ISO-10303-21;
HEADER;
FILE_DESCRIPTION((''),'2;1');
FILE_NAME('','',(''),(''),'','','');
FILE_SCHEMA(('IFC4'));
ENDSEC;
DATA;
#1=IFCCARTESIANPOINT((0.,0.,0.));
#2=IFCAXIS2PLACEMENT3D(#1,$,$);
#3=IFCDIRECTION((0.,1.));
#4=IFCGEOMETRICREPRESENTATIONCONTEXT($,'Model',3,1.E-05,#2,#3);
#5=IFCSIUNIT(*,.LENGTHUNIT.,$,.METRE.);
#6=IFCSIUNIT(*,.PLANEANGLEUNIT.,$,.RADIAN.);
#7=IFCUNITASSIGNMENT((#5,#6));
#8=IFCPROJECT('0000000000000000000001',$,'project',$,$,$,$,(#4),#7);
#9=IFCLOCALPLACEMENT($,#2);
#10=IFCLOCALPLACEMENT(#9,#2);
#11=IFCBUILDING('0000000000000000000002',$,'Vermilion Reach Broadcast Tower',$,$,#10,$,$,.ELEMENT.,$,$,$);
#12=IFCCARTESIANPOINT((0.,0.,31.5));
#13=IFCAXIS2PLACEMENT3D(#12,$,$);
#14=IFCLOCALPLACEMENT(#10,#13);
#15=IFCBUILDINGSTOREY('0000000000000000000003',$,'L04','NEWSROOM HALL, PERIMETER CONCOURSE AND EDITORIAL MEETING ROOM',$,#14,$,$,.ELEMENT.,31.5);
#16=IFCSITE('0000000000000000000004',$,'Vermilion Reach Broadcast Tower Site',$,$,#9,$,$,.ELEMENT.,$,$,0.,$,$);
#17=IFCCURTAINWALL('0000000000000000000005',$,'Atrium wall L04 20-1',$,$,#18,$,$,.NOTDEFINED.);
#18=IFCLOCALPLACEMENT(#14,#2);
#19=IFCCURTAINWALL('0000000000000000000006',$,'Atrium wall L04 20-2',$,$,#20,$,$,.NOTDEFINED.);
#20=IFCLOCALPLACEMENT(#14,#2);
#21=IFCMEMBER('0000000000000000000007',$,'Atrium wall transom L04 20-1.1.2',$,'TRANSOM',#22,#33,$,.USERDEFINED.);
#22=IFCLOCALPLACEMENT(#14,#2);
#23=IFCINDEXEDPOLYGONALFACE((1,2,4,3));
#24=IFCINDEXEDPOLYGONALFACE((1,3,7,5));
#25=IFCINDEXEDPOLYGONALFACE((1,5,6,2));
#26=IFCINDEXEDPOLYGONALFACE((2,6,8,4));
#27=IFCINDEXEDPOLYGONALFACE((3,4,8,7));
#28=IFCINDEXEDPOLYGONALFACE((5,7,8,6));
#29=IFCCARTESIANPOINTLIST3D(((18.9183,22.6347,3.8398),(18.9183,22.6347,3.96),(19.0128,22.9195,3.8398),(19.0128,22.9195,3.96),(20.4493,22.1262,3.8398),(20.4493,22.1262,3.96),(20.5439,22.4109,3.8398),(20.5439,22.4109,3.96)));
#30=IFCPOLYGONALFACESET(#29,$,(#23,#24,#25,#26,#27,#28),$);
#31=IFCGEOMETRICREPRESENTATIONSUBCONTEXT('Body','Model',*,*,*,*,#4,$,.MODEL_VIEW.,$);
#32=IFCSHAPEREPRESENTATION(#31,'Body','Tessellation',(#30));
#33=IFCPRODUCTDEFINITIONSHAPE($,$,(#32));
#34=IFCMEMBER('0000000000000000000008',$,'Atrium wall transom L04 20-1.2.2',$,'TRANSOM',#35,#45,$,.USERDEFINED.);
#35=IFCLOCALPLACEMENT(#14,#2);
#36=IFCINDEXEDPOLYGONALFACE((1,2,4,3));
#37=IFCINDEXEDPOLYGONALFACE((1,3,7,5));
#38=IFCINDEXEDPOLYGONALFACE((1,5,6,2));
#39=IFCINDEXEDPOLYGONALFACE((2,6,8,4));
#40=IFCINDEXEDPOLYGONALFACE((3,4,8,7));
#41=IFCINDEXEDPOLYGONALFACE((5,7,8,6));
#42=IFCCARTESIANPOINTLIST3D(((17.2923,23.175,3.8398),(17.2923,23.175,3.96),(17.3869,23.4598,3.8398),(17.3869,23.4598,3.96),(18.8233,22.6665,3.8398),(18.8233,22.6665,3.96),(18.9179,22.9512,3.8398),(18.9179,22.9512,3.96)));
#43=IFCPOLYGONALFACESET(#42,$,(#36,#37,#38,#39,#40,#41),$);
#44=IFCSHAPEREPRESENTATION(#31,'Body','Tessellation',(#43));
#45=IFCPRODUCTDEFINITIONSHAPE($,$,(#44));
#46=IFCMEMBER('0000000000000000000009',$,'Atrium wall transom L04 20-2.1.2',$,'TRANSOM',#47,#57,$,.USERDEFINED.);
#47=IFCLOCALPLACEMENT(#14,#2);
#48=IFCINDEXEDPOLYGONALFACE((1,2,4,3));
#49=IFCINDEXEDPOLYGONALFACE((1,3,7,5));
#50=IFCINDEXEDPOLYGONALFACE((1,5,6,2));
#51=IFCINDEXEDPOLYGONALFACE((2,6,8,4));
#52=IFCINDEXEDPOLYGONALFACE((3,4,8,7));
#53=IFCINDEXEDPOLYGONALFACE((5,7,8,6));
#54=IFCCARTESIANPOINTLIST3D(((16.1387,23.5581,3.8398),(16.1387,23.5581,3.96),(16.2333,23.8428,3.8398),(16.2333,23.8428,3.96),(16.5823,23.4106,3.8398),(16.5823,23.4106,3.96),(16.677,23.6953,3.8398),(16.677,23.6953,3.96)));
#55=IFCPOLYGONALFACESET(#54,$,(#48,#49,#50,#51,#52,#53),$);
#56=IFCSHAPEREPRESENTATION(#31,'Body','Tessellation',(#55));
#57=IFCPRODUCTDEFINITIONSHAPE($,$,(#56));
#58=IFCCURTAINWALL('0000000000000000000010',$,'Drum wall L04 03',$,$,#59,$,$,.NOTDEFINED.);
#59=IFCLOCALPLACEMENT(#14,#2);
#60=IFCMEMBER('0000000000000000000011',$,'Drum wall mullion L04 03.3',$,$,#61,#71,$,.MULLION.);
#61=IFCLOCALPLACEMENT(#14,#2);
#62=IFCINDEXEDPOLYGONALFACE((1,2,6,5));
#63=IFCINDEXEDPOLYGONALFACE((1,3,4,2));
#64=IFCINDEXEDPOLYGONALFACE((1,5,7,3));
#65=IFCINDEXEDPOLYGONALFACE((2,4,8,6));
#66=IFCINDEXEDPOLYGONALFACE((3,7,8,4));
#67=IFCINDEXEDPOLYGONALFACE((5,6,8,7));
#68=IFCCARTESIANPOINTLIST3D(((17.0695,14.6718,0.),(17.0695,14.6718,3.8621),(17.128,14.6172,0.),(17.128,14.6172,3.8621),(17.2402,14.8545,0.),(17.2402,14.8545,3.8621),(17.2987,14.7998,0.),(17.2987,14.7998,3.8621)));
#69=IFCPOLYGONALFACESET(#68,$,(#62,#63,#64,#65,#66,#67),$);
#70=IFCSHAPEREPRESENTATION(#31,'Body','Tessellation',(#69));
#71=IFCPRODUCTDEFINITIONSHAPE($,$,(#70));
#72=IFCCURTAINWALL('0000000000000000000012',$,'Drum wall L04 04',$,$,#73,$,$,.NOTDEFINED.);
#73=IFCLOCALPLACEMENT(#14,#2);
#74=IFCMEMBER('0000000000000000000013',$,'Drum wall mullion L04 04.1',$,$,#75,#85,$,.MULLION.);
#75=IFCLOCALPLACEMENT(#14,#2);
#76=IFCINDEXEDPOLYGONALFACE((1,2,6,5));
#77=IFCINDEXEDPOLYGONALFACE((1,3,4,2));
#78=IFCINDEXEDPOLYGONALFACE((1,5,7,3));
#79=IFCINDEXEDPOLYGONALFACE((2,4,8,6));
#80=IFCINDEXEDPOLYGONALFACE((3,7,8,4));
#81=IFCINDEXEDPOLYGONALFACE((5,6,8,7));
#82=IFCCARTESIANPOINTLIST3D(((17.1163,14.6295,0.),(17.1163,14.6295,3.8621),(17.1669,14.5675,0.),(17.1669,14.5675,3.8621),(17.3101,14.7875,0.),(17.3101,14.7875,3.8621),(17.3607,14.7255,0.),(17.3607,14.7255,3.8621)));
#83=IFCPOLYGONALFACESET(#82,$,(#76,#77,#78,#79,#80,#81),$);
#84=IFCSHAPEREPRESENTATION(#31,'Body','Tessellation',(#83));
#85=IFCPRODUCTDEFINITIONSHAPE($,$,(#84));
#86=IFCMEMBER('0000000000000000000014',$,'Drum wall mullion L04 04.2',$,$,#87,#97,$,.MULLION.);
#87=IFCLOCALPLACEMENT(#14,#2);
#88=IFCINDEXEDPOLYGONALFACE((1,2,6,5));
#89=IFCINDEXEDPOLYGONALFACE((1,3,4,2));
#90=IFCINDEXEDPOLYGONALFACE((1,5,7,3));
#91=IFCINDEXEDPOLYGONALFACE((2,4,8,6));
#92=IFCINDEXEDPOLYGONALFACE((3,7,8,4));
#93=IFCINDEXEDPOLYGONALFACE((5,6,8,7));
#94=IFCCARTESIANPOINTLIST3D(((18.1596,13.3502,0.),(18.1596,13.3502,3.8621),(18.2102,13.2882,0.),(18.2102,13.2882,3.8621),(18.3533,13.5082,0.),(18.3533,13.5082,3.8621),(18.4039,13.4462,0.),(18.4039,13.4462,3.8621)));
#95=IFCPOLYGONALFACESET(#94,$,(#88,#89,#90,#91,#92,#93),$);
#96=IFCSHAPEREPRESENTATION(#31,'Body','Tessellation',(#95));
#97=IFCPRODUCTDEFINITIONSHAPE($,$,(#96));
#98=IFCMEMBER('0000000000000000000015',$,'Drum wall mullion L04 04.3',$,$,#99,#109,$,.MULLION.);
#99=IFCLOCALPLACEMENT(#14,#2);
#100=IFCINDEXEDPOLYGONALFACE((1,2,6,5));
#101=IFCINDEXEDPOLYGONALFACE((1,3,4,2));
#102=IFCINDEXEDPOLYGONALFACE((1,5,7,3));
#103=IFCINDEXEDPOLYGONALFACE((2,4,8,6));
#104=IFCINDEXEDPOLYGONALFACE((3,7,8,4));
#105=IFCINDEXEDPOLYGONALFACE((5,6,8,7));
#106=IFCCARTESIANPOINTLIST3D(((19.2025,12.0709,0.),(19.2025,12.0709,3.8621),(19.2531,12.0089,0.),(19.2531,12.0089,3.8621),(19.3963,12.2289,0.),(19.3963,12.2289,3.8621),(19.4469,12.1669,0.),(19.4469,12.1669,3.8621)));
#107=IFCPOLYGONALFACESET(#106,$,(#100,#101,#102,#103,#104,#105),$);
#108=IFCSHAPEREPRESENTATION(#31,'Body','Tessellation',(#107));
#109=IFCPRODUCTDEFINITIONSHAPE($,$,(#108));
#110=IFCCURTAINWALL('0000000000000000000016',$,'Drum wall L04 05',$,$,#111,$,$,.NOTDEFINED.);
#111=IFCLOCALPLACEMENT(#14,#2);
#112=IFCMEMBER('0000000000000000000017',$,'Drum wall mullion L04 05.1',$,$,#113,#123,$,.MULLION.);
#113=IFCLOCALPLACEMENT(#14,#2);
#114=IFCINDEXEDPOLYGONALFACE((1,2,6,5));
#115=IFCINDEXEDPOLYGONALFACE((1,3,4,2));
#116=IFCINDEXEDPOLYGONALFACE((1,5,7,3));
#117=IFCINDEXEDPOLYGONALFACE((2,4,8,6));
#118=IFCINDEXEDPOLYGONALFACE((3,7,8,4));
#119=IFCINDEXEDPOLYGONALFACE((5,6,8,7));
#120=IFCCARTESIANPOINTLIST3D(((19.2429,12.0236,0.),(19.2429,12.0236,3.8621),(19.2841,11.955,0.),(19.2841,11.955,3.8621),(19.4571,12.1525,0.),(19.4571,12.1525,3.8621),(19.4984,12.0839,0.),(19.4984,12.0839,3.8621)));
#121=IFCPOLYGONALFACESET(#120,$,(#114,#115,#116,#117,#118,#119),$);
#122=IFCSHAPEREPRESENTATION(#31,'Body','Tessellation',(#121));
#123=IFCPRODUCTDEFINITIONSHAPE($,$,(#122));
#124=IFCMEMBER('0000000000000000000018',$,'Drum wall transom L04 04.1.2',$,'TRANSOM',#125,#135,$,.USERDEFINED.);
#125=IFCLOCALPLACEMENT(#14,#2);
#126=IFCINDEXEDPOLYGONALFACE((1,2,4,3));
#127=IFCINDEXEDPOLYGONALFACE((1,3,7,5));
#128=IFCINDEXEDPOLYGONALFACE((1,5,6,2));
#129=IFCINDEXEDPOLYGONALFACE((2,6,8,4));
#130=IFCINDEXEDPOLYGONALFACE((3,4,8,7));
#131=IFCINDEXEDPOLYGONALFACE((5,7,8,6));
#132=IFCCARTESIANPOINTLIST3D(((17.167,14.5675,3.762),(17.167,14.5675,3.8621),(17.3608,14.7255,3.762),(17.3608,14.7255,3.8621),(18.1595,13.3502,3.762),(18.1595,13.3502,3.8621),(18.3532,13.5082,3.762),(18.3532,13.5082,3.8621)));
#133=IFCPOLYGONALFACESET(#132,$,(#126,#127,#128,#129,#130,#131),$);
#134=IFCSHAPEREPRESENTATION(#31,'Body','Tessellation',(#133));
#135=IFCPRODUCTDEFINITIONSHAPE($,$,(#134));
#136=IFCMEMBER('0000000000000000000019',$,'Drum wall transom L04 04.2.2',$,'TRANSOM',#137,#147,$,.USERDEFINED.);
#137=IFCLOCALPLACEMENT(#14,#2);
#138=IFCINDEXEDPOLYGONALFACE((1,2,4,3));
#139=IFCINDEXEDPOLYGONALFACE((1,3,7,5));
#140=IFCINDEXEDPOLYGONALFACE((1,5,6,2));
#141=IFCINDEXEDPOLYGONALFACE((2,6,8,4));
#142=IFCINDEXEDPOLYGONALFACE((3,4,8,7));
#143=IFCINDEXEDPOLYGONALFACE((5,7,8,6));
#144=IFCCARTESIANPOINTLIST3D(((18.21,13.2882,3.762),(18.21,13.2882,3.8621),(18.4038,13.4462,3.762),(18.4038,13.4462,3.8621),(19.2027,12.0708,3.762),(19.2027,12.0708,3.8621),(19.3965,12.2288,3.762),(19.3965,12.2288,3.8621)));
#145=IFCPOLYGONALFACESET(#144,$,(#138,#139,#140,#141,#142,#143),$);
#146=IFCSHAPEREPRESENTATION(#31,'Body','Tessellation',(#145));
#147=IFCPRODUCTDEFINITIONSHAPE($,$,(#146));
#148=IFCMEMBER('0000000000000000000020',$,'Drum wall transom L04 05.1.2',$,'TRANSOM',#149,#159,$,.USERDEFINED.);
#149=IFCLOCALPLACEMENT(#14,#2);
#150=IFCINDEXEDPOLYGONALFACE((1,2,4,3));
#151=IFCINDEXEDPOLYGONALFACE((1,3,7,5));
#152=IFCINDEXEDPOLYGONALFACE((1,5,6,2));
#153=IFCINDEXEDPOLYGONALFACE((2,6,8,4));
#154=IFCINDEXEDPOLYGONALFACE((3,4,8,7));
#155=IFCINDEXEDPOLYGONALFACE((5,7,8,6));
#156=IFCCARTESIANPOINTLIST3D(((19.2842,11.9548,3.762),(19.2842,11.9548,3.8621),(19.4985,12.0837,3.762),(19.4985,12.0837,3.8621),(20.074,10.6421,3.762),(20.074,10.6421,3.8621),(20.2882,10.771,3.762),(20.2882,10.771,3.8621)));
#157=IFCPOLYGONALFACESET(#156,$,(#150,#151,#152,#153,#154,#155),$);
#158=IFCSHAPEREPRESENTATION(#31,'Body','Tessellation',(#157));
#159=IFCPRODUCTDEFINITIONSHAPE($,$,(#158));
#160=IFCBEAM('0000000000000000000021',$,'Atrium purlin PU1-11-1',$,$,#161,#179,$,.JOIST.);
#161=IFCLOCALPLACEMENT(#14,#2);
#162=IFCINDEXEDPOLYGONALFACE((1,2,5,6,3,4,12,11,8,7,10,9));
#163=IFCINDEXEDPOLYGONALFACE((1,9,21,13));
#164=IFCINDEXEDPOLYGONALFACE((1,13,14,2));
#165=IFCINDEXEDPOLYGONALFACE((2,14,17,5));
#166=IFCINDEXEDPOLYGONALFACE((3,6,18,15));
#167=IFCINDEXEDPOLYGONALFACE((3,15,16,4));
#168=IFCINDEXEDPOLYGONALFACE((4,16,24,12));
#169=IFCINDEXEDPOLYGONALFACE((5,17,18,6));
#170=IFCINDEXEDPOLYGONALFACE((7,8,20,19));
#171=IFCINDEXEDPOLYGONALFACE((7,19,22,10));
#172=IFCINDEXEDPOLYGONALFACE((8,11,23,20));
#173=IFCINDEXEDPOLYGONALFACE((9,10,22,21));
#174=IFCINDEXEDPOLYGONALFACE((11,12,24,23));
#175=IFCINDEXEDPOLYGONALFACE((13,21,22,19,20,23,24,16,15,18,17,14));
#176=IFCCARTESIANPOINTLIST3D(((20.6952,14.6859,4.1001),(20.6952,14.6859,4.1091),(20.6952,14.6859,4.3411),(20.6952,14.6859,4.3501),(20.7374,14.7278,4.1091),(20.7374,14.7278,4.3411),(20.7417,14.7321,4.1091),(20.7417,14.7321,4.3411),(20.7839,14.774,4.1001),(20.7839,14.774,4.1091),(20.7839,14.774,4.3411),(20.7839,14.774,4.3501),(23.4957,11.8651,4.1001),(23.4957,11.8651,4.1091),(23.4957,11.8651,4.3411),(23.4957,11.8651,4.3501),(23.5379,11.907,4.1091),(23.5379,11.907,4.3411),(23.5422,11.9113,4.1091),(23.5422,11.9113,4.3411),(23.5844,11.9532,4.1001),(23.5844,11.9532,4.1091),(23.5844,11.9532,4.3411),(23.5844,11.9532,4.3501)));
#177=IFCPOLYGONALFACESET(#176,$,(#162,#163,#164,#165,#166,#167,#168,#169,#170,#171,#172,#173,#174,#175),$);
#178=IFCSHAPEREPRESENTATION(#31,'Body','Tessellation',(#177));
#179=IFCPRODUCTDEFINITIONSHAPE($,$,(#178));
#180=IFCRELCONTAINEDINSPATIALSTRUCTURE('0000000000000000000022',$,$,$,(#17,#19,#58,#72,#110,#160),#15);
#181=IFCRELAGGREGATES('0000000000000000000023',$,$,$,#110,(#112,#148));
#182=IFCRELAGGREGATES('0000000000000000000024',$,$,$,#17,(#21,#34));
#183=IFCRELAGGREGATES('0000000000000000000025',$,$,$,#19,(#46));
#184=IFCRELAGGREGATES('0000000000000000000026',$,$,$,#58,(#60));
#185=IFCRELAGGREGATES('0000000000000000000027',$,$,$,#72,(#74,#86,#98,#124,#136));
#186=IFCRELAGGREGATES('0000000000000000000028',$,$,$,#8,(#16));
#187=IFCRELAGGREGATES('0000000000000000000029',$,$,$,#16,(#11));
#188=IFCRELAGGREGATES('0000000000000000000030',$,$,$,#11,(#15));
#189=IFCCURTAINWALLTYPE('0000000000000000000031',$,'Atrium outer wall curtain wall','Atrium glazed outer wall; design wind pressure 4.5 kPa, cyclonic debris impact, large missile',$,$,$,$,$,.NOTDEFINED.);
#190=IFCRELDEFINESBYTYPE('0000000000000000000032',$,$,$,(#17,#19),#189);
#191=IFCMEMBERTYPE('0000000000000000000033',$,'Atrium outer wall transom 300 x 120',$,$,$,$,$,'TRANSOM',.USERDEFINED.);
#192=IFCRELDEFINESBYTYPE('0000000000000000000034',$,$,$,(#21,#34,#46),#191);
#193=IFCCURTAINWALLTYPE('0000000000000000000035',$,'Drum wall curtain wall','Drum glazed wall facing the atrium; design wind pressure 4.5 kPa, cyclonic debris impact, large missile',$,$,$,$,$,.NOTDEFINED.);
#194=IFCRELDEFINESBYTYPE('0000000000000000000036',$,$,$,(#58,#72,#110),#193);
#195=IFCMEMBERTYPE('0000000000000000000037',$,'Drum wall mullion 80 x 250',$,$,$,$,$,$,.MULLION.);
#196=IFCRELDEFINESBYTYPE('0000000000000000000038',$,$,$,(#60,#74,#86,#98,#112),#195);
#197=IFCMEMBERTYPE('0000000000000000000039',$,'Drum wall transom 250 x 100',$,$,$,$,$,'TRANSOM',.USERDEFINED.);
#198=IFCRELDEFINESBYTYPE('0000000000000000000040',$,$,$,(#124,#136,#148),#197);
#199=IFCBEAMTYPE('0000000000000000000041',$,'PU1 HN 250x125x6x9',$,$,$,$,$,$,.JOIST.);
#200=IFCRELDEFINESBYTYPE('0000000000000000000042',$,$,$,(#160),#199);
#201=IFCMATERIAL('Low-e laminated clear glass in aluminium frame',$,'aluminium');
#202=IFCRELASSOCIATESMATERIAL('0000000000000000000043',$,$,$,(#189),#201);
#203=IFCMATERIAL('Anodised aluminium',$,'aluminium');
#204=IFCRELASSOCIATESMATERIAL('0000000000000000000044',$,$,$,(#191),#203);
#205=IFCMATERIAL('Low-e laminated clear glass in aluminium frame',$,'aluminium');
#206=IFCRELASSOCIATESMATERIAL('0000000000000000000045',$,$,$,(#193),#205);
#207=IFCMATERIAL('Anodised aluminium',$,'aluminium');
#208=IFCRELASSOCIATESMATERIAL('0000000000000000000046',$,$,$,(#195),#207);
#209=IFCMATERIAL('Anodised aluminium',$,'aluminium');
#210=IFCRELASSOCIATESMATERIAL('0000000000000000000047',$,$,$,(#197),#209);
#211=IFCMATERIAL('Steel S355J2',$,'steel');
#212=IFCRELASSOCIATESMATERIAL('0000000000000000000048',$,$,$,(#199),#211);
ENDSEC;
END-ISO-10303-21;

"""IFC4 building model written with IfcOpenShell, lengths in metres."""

from ifc_helpers import new_model, si_unit, direction, frame, origin, origin_2d, place, context, subcontext, project, spatial, rectangle, i_section, extrude, material, material_profile, profile_set, type_object, element, aggregate, save


model = new_model("IFC4")

# Units and contexts
model_context = context("Model", 3, precision=1e-05, world=origin(), true_north=direction((0.0, 1.0)))
body_context = subcontext(model_context, "Body", "Model", "MODEL_VIEW")
ifc_project = project(units=[si_unit("LENGTHUNIT", "METRE"), si_unit("PLANEANGLEUNIT", "RADIAN")], contexts=[model_context])

# Site, building, storey
site_placement = place(None, origin())
site = spatial("IfcSite", under=ifc_project, at=site_placement, Name="Vermilion Reach Broadcast Tower Site", CompositionType="ELEMENT", RefElevation=0.0)
building_placement = place(site_placement, origin())
building = spatial("IfcBuilding", under=site, at=building_placement, Name="Vermilion Reach Broadcast Tower", CompositionType="ELEMENT")
storey_placement = place(building_placement, frame((0.0, 0.0, 31.5)))
storey = spatial("IfcBuildingStorey", under=building, at=storey_placement, Name="L04", Description="NEWSROOM HALL, PERIMETER CONCOURSE AND EDITORIAL MEETING ROOM", CompositionType="ELEMENT", Elevation=31.5)

# Shared definitions
ifc_material_1 = material(Name="Low-e laminated clear glass in aluminium frame", Category="aluminium")
curtain_wall_type_1 = type_object("IfcCurtainWallType", Name="Atrium outer wall curtain wall", Description="Atrium glazed outer wall; design wind pressure 4.5 kPa, cyclonic debris impact, large missile", PredefinedType="NOTDEFINED", material=ifc_material_1)
placement = place(storey_placement, origin())

# Curtain walls
curtain_wall_1 = element("IfcCurtainWall", 1, at=placement, inside=storey, type_object=curtain_wall_type_1, Name="Atrium wall L04 20-1", PredefinedType="NOTDEFINED")
curtain_wall_2 = element("IfcCurtainWall", 2, at=placement, inside=storey, type_object=curtain_wall_type_1, Name="Atrium wall L04 20-2", PredefinedType="NOTDEFINED")

# Members
ifc_material_2 = material(Name="Anodised aluminium", Category="aluminium")
ifc_material_profile_1 = material_profile(ifc_material_2, rectangle(XDim=0.3, YDim=0.1201, at=origin_2d()), Name="Atrium outer wall transom 300 x 120")
ifc_profile_set_1 = profile_set([ifc_material_profile_1], Name="Anodised aluminium")
member_type_1 = type_object("IfcMemberType", Name="Atrium outer wall transom 300 x 120", ElementType="TRANSOM", PredefinedType="USERDEFINED", material=ifc_profile_set_1)
member_1_placement = place(storey_placement, frame((20.4966, 22.2686, 3.8999), z_axis=(-0.949016, 0.315229, 0.0), x_axis=(-0.315229, -0.949016, 0.0)))
member_1 = element("IfcMember", 3, at=member_1_placement, type_object=member_type_1, Name="Atrium wall transom L04 20-1.1.2", ObjectType="TRANSOM", PredefinedType="USERDEFINED", context=body_context, shape_type="SweptSolid", body=[
    extrude(rectangle(XDim=0.3, YDim=0.1201, at=origin_2d()), origin(), (0.0, 0.0, 1.0), 1.6133),
])
member_2_placement = place(storey_placement, frame((18.8706, 22.8088, 3.8999), z_axis=(-0.949016, 0.315229, 0.0), x_axis=(-0.315229, -0.949016, 0.0)))
member_2 = element("IfcMember", 4, at=member_2_placement, type_object=member_type_1, Name="Atrium wall transom L04 20-1.2.2", ObjectType="TRANSOM", PredefinedType="USERDEFINED", context=body_context, shape_type="SweptSolid", body=[
    extrude(rectangle(XDim=0.3, YDim=0.1201, at=origin_2d()), origin(), (0.0, 0.0, 1.0), 1.6133),
])
member_3_placement = place(storey_placement, frame((16.6296, 23.553, 3.8999), z_axis=(-0.948944, 0.315444, 0.0), x_axis=(-0.315444, -0.948944, 0.0)))
member_3 = element("IfcMember", 5, at=member_3_placement, type_object=member_type_1, Name="Atrium wall transom L04 20-2.1.2", ObjectType="TRANSOM", PredefinedType="USERDEFINED", context=body_context, shape_type="SweptSolid", body=[
    extrude(rectangle(XDim=0.3, YDim=0.1201, at=origin_2d()), origin(), (0.0, 0.0, 1.0), 0.4675),
])

# Curtain wall, member
ifc_material_3 = material(Name="Low-e laminated clear glass in aluminium frame", Category="aluminium")
curtain_wall_type_2 = type_object("IfcCurtainWallType", Name="Drum wall curtain wall", Description="Drum glazed wall facing the atrium; design wind pressure 4.5 kPa, cyclonic debris impact, large missile", PredefinedType="NOTDEFINED", material=ifc_material_3)
curtain_wall_3 = element("IfcCurtainWall", 6, at=placement, inside=storey, type_object=curtain_wall_type_2, Name="Drum wall L04 03", PredefinedType="NOTDEFINED")
ifc_material_4 = material(Name="Anodised aluminium", Category="aluminium")
ifc_material_profile_2 = material_profile(ifc_material_4, rectangle(XDim=0.25, YDim=0.0801, at=origin_2d()), Name="Drum wall mullion 80 x 250")
ifc_profile_set_2 = profile_set([ifc_material_profile_2], Name="Anodised aluminium")
member_type_2 = type_object("IfcMemberType", Name="Drum wall mullion 80 x 250", PredefinedType="MULLION", material=ifc_profile_set_2)
member_4_placement = place(storey_placement, frame((17.1841, 14.7358, 0.0), z_axis=(0.0, 0.0, 1.0), x_axis=(0.682748, 0.730654, 0.0)))
member_4 = element("IfcMember", 7, at=member_4_placement, type_object=member_type_2, Name="Drum wall mullion L04 03.3", PredefinedType="MULLION", context=body_context, shape_type="SweptSolid", body=[
    extrude(rectangle(XDim=0.25, YDim=0.0801, at=origin_2d()), origin(), (0.0, 0.0, 1.0), 3.8621),
])

# Curtain wall, members
curtain_wall_4 = element("IfcCurtainWall", 8, at=placement, inside=storey, type_object=curtain_wall_type_2, Name="Drum wall L04 04", PredefinedType="NOTDEFINED")
member_5_placement = place(storey_placement, frame((17.2385, 14.6775, 0.0), z_axis=(0.0, 0.0, 1.0), x_axis=(0.775025, 0.631931, 0.0)))
member_5 = element("IfcMember", 9, at=member_5_placement, type_object=member_type_2, Name="Drum wall mullion L04 04.1", PredefinedType="MULLION", context=body_context, shape_type="SweptSolid", body=[
    extrude(rectangle(XDim=0.25, YDim=0.0801, at=origin_2d()), origin(), (0.0, 0.0, 1.0), 3.8621),
])
member_6_placement = place(storey_placement, frame((18.2817, 13.3982, 0.0), z_axis=(0.0, 0.0, 1.0), x_axis=(0.775025, 0.631931, 0.0)))
member_6 = element("IfcMember", 10, at=member_6_placement, type_object=member_type_2, Name="Drum wall mullion L04 04.2", PredefinedType="MULLION", context=body_context, shape_type="SweptSolid", body=[
    extrude(rectangle(XDim=0.25, YDim=0.0801, at=origin_2d()), origin(), (0.0, 0.0, 1.0), 3.8621),
])
member_7_placement = place(storey_placement, frame((19.3247, 12.1189, 0.0), z_axis=(0.0, 0.0, 1.0), x_axis=(0.775025, 0.631931, 0.0)))
member_7 = element("IfcMember", 11, at=member_7_placement, type_object=member_type_2, Name="Drum wall mullion L04 04.3", PredefinedType="MULLION", context=body_context, shape_type="SweptSolid", body=[
    extrude(rectangle(XDim=0.25, YDim=0.0801, at=origin_2d()), origin(), (0.0, 0.0, 1.0), 3.8621),
])

# Curtain wall, member
curtain_wall_5 = element("IfcCurtainWall", 12, at=placement, inside=storey, type_object=curtain_wall_type_2, Name="Drum wall L04 05", PredefinedType="NOTDEFINED")
member_8_placement = place(storey_placement, frame((19.3706, 12.0537, 0.0), z_axis=(0.0, 0.0, 1.0), x_axis=(0.856821, 0.515613, 0.0)))
member_8 = element("IfcMember", 13, at=member_8_placement, type_object=member_type_2, Name="Drum wall mullion L04 05.1", PredefinedType="MULLION", context=body_context, shape_type="SweptSolid", body=[
    extrude(rectangle(XDim=0.25, YDim=0.0801, at=origin_2d()), origin(), (0.0, 0.0, 1.0), 3.8621),
])

# Members
ifc_material_5 = material(Name="Anodised aluminium", Category="aluminium")
ifc_material_profile_3 = material_profile(ifc_material_5, rectangle(XDim=0.25, YDim=0.1001, at=origin_2d()), Name="Drum wall transom 250 x 100")
ifc_profile_set_3 = profile_set([ifc_material_profile_3], Name="Anodised aluminium")
member_type_3 = type_object("IfcMemberType", Name="Drum wall transom 250 x 100", ElementType="TRANSOM", PredefinedType="USERDEFINED", material=ifc_profile_set_3)
member_9_placement = place(storey_placement, frame((17.2639, 14.6465, 3.812), z_axis=(0.631891, -0.775057, 0.0), x_axis=(0.775057, 0.631891, 0.0)))
member_9 = element("IfcMember", 14, at=member_9_placement, type_object=member_type_3, Name="Drum wall transom L04 04.1.2", ObjectType="TRANSOM", PredefinedType="USERDEFINED", context=body_context, shape_type="SweptSolid", body=[
    extrude(rectangle(XDim=0.25, YDim=0.1001, at=origin_2d()), origin(), (0.0, 0.0, 1.0), 1.5706),
])
member_10_placement = place(storey_placement, frame((18.3069, 13.3672, 3.812), z_axis=(0.631984, -0.774981, 0.0), x_axis=(0.774981, 0.631984, 0.0)))
member_10 = element("IfcMember", 15, at=member_10_placement, type_object=member_type_3, Name="Drum wall transom L04 04.2.2", ObjectType="TRANSOM", PredefinedType="USERDEFINED", context=body_context, shape_type="SweptSolid", body=[
    extrude(rectangle(XDim=0.25, YDim=0.1001, at=origin_2d()), origin(), (0.0, 0.0, 1.0), 1.5708),
])
member_11_placement = place(storey_placement, frame((19.3914, 12.0193, 3.812), z_axis=(0.515527, -0.856874, 0.0), x_axis=(0.856874, 0.515527, 0.0)))
member_11 = element("IfcMember", 16, at=member_11_placement, type_object=member_type_3, Name="Drum wall transom L04 05.1.2", ObjectType="TRANSOM", PredefinedType="USERDEFINED", context=body_context, shape_type="SweptSolid", body=[
    extrude(rectangle(XDim=0.25, YDim=0.1001, at=origin_2d()), origin(), (0.0, 0.0, 1.0), 1.532),
])
aggregate(curtain_wall_5, [member_8, member_11])

# Beam
ifc_material_6 = material(Name="Steel S355J2", Category="steel")
ifc_material_profile_4 = material_profile(ifc_material_6, i_section(OverallWidth=0.125, OverallDepth=0.25, WebThickness=0.0061, FlangeThickness=0.009, at=origin_2d()), Name="S355J2 HN 250x125x6x9")
ifc_profile_set_4 = profile_set([ifc_material_profile_4], Name="Steel S355J2")
beam_type_1 = type_object("IfcBeamType", Name="PU1 HN 250x125x6x9", PredefinedType="JOIST", material=ifc_profile_set_4)
beam_1_placement = place(storey_placement, frame((23.54, 11.9092, 4.2251), z_axis=(-0.704553, 0.709651, 0.0), x_axis=(-0.709651, -0.704553, 0.0)))
element("IfcBeam", 17, at=beam_1_placement, inside=storey, type_object=beam_type_1, Name="Atrium purlin PU1-11-1", PredefinedType="JOIST", context=body_context, shape_type="SweptSolid", body=[
    extrude(i_section(OverallWidth=0.125, OverallDepth=0.25, WebThickness=0.0061, FlangeThickness=0.009, at=origin_2d()), origin(), (0.0, 0.0, 1.0), 3.9749),
])

aggregate(curtain_wall_1, [member_1, member_2])
aggregate(curtain_wall_2, [member_3])
aggregate(curtain_wall_3, [member_4])
aggregate(curtain_wall_4, [member_5, member_6, member_7, member_9, member_10])

save(model, "model.ifc")
